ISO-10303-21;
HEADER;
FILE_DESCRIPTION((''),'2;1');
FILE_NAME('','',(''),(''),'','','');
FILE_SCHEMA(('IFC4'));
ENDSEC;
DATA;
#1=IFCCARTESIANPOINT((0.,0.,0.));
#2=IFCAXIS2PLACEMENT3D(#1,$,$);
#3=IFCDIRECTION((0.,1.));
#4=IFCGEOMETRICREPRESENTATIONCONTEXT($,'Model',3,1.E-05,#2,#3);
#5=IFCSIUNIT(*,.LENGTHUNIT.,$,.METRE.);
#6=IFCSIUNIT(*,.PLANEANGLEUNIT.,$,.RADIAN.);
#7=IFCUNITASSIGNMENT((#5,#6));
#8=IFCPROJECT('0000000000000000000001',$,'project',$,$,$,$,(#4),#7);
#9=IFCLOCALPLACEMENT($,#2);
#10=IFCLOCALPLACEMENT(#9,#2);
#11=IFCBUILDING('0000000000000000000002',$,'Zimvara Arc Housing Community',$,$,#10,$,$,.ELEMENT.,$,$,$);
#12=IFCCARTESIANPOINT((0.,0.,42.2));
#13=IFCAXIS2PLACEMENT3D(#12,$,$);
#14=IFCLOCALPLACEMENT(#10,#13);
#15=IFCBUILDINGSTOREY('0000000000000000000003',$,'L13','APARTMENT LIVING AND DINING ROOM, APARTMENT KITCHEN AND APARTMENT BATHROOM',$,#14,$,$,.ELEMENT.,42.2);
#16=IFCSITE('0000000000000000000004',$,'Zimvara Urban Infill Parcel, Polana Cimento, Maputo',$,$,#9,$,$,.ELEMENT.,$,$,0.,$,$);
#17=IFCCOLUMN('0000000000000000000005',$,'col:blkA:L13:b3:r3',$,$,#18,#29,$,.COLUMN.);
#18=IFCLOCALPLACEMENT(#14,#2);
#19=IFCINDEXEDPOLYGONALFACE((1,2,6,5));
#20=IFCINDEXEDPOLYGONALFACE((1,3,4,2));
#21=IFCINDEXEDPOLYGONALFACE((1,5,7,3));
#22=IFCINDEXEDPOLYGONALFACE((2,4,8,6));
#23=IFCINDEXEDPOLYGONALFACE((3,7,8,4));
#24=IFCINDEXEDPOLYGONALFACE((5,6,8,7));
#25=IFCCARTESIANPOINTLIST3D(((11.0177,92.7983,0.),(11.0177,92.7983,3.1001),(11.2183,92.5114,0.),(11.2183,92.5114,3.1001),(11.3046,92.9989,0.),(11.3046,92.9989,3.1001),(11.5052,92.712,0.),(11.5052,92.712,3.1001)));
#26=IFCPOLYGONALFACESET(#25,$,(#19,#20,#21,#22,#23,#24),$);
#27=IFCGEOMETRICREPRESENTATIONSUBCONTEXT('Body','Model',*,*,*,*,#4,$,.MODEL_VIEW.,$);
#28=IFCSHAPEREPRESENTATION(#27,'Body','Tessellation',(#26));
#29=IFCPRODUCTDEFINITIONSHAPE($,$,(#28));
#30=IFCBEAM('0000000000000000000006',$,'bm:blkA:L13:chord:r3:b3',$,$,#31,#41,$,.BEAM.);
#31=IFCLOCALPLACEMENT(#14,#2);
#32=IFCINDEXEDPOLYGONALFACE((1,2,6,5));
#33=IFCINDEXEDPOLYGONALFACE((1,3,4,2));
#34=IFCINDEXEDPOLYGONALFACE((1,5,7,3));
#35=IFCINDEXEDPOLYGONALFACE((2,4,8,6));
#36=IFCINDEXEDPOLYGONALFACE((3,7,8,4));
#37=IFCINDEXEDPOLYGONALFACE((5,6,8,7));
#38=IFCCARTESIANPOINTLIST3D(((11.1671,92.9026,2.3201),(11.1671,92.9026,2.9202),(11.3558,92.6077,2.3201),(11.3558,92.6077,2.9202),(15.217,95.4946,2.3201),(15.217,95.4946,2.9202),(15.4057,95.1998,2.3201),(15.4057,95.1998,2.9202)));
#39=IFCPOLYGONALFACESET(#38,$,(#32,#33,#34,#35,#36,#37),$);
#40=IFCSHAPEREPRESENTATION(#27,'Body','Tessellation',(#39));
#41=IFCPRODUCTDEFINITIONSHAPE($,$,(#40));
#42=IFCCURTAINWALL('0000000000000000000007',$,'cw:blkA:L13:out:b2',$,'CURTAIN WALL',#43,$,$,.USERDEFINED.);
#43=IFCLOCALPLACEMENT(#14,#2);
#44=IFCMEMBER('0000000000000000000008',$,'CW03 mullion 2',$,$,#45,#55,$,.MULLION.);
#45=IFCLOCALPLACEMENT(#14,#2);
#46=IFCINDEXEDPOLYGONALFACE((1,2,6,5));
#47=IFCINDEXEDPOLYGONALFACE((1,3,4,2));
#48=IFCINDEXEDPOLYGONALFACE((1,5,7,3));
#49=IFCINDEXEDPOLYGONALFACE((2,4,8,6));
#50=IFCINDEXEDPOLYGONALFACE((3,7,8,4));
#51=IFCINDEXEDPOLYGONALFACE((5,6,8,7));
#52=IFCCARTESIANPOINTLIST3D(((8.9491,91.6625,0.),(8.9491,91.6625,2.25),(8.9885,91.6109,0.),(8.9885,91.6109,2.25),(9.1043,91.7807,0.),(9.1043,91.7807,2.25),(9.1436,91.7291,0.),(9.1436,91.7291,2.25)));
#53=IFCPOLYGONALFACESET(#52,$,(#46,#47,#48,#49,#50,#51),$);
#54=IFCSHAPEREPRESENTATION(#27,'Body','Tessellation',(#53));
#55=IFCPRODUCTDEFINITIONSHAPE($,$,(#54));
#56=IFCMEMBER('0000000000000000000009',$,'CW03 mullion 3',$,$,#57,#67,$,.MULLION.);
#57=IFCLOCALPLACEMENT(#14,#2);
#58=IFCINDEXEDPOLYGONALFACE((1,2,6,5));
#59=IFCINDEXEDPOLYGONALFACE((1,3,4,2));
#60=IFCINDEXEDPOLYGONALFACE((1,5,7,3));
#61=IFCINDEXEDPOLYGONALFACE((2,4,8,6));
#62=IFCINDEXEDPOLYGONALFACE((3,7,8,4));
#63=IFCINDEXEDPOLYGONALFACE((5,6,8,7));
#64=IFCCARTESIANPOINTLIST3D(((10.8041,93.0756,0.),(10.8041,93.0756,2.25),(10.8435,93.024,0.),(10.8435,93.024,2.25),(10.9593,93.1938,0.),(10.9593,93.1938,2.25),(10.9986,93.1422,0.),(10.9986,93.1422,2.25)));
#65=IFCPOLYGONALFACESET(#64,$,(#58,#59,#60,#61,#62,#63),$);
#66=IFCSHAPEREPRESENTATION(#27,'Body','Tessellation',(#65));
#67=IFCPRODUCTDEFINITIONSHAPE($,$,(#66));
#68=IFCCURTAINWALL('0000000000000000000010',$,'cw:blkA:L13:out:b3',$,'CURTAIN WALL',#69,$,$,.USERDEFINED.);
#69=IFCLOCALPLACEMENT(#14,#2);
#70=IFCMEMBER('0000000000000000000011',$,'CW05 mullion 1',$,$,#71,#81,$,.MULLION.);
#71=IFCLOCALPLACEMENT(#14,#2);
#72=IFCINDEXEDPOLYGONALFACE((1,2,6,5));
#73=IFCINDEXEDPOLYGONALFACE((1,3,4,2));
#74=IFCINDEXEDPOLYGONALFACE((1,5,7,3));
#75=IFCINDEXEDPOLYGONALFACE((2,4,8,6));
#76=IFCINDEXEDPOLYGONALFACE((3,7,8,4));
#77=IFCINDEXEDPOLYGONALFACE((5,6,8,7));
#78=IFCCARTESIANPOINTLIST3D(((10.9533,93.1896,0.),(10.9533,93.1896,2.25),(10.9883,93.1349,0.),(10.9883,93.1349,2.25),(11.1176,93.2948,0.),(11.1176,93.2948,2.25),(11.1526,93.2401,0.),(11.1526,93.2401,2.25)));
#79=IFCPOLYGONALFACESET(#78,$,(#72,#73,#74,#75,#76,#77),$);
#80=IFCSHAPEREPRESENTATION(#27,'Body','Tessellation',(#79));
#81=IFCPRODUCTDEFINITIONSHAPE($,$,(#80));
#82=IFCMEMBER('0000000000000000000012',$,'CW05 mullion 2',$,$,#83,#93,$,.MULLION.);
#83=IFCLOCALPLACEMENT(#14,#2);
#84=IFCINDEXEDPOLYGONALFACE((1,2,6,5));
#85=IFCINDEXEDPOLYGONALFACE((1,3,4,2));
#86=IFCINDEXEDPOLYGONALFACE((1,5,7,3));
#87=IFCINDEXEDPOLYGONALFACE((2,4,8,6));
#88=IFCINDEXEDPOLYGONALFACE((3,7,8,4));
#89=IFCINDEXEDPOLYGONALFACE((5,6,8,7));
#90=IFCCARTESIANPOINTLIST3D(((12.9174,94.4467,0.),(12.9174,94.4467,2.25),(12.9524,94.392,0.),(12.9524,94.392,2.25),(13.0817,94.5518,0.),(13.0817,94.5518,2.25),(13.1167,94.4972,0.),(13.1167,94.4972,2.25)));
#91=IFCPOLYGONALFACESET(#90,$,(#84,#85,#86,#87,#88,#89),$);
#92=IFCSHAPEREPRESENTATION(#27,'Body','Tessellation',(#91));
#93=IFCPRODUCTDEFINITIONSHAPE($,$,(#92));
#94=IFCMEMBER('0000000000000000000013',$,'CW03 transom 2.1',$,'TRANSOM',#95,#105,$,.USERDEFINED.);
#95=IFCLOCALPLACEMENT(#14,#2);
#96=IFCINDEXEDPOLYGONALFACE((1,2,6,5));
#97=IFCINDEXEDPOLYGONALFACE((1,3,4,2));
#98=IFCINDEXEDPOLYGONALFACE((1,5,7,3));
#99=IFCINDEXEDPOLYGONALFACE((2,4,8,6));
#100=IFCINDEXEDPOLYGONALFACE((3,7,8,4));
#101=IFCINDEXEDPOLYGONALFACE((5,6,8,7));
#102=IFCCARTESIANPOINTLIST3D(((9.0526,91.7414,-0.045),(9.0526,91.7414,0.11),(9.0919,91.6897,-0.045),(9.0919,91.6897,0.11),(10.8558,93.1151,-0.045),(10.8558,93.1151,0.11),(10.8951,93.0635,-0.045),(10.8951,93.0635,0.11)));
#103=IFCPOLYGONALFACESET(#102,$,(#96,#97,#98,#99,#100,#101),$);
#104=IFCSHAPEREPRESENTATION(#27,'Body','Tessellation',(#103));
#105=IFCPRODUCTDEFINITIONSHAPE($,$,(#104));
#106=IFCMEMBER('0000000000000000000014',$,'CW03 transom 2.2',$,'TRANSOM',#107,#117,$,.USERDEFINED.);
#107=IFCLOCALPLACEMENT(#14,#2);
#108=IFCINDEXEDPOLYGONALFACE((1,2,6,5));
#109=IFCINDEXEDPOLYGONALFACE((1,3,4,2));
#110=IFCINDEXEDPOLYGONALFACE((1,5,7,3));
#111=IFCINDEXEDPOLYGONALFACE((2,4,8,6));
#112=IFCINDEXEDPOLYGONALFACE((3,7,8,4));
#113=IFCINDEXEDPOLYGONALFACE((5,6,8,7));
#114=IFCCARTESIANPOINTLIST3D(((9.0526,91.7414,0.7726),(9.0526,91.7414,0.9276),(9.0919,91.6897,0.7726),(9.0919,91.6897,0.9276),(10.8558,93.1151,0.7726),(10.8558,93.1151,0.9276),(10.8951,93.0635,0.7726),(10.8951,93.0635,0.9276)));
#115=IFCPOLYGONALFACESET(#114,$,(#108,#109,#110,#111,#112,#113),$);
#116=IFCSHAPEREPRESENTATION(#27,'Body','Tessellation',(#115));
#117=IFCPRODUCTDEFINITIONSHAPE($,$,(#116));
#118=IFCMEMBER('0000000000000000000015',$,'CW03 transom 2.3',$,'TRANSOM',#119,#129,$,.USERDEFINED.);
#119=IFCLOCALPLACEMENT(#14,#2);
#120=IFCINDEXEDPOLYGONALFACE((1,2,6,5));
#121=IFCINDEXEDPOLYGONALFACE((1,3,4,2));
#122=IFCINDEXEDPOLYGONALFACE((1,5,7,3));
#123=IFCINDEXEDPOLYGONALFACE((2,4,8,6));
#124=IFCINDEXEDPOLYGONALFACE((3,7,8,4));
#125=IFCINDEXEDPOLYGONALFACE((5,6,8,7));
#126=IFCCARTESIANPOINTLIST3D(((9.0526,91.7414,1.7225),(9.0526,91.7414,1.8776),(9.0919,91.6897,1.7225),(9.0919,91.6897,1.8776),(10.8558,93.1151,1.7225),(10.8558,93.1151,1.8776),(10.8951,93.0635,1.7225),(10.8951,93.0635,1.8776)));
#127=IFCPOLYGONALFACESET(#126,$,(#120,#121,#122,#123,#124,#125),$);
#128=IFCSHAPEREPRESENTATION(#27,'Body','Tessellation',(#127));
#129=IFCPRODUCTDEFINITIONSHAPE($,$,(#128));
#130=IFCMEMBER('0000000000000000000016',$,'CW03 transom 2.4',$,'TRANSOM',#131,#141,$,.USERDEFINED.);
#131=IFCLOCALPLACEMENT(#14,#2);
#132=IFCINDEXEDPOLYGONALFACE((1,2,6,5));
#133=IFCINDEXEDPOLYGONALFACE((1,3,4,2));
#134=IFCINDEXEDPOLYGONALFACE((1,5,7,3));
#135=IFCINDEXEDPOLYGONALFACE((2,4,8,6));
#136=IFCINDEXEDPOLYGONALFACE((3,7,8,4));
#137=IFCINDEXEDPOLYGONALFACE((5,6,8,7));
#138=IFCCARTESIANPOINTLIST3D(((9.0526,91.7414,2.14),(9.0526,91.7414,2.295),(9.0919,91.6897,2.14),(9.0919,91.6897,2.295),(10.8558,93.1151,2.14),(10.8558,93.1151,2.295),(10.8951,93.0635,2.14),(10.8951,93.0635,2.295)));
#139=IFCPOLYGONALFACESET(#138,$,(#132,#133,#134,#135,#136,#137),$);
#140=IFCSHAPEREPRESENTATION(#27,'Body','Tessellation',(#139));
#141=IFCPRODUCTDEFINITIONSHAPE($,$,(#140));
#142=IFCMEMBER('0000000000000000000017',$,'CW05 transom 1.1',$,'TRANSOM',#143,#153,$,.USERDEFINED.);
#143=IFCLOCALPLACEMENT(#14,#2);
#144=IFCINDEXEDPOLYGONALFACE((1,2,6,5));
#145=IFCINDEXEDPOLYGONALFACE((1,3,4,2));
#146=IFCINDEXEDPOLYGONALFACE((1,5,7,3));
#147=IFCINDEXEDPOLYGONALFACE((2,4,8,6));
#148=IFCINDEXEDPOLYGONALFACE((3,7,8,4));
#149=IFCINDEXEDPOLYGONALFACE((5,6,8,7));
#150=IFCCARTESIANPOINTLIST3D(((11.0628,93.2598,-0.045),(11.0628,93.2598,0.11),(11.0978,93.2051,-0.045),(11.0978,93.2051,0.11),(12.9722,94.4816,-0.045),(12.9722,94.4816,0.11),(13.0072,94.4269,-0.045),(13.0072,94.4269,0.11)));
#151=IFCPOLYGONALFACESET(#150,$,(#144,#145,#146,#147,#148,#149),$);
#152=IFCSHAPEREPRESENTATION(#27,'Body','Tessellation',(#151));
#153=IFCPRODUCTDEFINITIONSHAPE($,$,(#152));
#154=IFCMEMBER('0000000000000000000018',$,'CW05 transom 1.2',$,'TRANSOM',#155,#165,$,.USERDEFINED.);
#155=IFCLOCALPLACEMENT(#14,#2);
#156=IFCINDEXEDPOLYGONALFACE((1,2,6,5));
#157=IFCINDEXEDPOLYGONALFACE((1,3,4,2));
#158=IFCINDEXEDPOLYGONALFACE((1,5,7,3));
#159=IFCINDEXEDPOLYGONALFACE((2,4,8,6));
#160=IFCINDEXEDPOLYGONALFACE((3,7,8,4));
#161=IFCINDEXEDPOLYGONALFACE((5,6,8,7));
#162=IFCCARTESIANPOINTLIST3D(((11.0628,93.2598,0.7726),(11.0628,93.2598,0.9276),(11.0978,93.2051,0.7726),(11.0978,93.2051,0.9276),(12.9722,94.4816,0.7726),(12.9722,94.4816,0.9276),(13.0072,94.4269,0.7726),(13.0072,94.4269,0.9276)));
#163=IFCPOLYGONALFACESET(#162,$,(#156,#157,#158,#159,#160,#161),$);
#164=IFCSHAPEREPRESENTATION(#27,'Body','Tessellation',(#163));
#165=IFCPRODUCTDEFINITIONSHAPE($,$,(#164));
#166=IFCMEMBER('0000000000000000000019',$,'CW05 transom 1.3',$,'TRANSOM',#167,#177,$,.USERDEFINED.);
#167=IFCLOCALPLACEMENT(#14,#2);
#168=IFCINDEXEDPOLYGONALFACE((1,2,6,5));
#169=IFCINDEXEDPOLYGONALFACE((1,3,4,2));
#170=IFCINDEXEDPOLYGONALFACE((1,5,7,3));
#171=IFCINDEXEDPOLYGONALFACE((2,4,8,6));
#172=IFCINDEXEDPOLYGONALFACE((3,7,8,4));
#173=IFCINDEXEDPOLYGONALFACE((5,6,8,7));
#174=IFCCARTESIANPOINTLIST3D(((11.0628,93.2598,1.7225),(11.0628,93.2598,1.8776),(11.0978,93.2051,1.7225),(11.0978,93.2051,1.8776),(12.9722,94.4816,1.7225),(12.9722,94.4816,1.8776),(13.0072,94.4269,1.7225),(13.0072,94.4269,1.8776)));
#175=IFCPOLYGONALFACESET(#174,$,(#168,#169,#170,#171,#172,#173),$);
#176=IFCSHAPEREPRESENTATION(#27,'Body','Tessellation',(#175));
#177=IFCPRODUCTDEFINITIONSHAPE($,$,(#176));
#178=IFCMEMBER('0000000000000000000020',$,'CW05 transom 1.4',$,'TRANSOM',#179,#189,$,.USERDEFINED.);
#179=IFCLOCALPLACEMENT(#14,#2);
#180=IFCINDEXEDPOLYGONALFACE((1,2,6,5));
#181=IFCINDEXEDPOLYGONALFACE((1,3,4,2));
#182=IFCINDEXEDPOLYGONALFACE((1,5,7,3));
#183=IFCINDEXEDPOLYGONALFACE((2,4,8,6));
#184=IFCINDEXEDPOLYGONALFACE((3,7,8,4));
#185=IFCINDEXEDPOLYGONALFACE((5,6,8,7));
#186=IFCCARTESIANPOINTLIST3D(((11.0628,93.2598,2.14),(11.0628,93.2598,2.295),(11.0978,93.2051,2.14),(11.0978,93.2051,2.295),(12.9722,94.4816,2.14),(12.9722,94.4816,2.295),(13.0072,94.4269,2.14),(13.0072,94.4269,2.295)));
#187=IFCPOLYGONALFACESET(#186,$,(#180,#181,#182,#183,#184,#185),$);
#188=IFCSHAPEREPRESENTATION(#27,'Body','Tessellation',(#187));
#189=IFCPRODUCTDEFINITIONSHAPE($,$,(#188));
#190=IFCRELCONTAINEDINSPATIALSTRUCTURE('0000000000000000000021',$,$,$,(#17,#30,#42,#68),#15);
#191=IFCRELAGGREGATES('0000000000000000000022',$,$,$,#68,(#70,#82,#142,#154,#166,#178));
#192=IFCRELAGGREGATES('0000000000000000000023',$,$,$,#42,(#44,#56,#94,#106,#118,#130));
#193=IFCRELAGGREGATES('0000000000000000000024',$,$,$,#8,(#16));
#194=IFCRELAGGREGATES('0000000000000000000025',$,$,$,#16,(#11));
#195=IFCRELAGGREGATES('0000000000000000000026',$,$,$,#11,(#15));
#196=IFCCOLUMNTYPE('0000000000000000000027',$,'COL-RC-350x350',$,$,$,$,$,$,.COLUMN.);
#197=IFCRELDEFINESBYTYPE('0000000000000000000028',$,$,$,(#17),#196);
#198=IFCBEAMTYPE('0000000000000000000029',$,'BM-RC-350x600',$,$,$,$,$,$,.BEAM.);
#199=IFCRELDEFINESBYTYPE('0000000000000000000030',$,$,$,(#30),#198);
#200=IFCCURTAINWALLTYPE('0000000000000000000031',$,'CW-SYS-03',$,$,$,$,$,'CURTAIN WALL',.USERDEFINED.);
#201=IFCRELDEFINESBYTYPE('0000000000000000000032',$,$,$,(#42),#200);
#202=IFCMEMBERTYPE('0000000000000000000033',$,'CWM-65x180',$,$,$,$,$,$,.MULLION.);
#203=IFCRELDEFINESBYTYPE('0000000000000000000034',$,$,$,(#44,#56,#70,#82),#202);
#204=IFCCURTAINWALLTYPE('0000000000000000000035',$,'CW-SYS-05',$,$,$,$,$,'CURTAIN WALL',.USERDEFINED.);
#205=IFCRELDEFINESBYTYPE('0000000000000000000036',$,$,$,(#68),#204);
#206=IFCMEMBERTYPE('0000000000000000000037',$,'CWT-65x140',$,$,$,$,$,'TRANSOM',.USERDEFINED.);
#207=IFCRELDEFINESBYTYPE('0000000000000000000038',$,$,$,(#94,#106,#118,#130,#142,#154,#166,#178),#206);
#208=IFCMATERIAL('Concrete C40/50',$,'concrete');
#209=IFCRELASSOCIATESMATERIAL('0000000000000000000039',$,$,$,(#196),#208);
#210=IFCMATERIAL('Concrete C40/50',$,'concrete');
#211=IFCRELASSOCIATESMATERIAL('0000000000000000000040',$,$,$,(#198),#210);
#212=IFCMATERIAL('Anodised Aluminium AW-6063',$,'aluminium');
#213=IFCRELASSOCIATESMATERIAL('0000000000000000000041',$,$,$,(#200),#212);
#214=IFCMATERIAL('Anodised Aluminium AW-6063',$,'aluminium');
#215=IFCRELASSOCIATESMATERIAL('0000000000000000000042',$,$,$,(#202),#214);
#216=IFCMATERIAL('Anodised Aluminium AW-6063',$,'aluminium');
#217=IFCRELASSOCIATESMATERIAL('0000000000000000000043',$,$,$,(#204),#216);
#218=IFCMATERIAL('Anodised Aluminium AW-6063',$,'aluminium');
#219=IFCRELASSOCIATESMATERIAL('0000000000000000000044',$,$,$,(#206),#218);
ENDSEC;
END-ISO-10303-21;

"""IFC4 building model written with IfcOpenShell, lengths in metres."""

from ifc_helpers import new_model, si_unit, direction, frame, origin, origin_2d, place, context, subcontext, project, spatial, rectangle, extrude, material, material_profile, profile_set, type_object, element, aggregate, save


model = new_model("IFC4")

# Units and contexts
model_context = context("Model", 3, precision=1e-05, world=origin(), true_north=direction((0.0, 1.0)))
body_context = subcontext(model_context, "Body", "Model", "MODEL_VIEW")
ifc_project = project(units=[si_unit("LENGTHUNIT", "METRE"), si_unit("PLANEANGLEUNIT", "RADIAN")], contexts=[model_context])

# Site, building, storey
site_placement = place(None, origin())
site = spatial("IfcSite", under=ifc_project, at=site_placement, Name="Zimvara Urban Infill Parcel, Polana Cimento, Maputo", CompositionType="ELEMENT", RefElevation=0.0)
building_placement = place(site_placement, origin())
building = spatial("IfcBuilding", under=site, at=building_placement, Name="Zimvara Arc Housing Community", CompositionType="ELEMENT")
storey_placement = place(building_placement, frame((0.0, 0.0, 42.2)))
storey = spatial("IfcBuildingStorey", under=building, at=storey_placement, Name="L13", Description="APARTMENT LIVING AND DINING ROOM, APARTMENT KITCHEN AND APARTMENT BATHROOM", CompositionType="ELEMENT", Elevation=42.2)

# Column
ifc_material_1 = material(Name="Concrete C40/50", Category="concrete")
ifc_material_profile_1 = material_profile(ifc_material_1, rectangle(XDim=0.3501, YDim=0.3501, at=origin_2d()), Name="RC 350x350")
ifc_profile_set_1 = profile_set([ifc_material_profile_1], Name="Concrete C40/50")
column_type = type_object("IfcColumnType", Name="COL-RC-350x350", PredefinedType="COLUMN", material=ifc_profile_set_1)
column_placement = place(storey_placement, frame((11.2615, 92.7551, 0.0), z_axis=(0.0, 0.0, 1.0), x_axis=(-0.573004, 0.819552, 0.0)))
element("IfcColumn", 1, at=column_placement, inside=storey, type_object=column_type, Name="col:blkA:L13:b3:r3", PredefinedType="COLUMN", context=body_context, shape_type="SweptSolid", body=[
    extrude(rectangle(XDim=0.3501, YDim=0.3501, at=origin_2d()), origin(), (0.0, 0.0, 1.0), 3.1001),
])

# Beam
ifc_material_2 = material(Name="Concrete C40/50", Category="concrete")
ifc_material_profile_2 = material_profile(ifc_material_2, rectangle(XDim=0.3501, YDim=0.6001, at=origin_2d()), Name="RC 350x600")
ifc_profile_set_2 = profile_set([ifc_material_profile_2], Name="Concrete C40/50")
beam_type = type_object("IfcBeamType", Name="BM-RC-350x600", PredefinedType="BEAM", material=ifc_profile_set_2)
beam_placement = place(storey_placement, frame((11.2615, 92.7551, 2.6201), z_axis=(0.842256, 0.539078, 0.0), x_axis=(-0.539078, 0.842256, 0.0)))
element("IfcBeam", 2, at=beam_placement, inside=storey, type_object=beam_type, Name="bm:blkA:L13:chord:r3:b3", PredefinedType="BEAM", context=body_context, shape_type="SweptSolid", body=[
    extrude(rectangle(XDim=0.3501, YDim=0.6001, at=origin_2d()), origin(), (0.0, 0.0, 1.0), 4.8083),
])

# Curtain walls, members
ifc_material_3 = material(Name="Anodised Aluminium AW-6063", Category="aluminium")
curtain_wall_type_1 = type_object("IfcCurtainWallType", Name="CW-SYS-03", ElementType="CURTAIN WALL", PredefinedType="USERDEFINED", material=ifc_material_3)
curtain_wall_1_placement = place(storey_placement, origin())
curtain_wall_1 = element("IfcCurtainWall", 3, at=curtain_wall_1_placement, inside=storey, type_object=curtain_wall_type_1, Name="cw:blkA:L13:out:b2", ObjectType="CURTAIN WALL", PredefinedType="USERDEFINED")
ifc_material_4 = material(Name="Anodised Aluminium AW-6063", Category="aluminium")
ifc_material_profile_3 = material_profile(ifc_material_4, rectangle(XDim=0.0649, YDim=0.1951, at=origin_2d()), Name="ALU 65x195")
ifc_profile_set_3 = profile_set([ifc_material_profile_3], Name="Anodised Aluminium AW-6063")
member_type_1 = type_object("IfcMemberType", Name="CWM-65x180", PredefinedType="MULLION", material=ifc_profile_set_3)
member_1_placement = place(storey_placement, frame((9.0464, 91.6958, 0.0), z_axis=(0.0, 0.0, 1.0), x_axis=(-0.605988, 0.795474, 0.0)))
member_1 = element("IfcMember", 4, at=member_1_placement, type_object=member_type_1, Name="CW03 mullion 2", PredefinedType="MULLION", context=body_context, shape_type="SweptSolid", body=[
    extrude(rectangle(XDim=0.0649, YDim=0.1951, at=origin_2d()), origin(), (0.0, 0.0, 1.0), 2.25),
])
member_2_placement = place(storey_placement, frame((10.9014, 93.1089, 0.0), z_axis=(0.0, 0.0, 1.0), x_axis=(-0.605988, 0.795474, 0.0)))
member_2 = element("IfcMember", 5, at=member_2_placement, type_object=member_type_1, Name="CW03 mullion 3", PredefinedType="MULLION", context=body_context, shape_type="SweptSolid", body=[
    extrude(rectangle(XDim=0.0649, YDim=0.1951, at=origin_2d()), origin(), (0.0, 0.0, 1.0), 2.25),
])
ifc_material_5 = material(Name="Anodised Aluminium AW-6063", Category="aluminium")
curtain_wall_type_2 = type_object("IfcCurtainWallType", Name="CW-SYS-05", ElementType="CURTAIN WALL", PredefinedType="USERDEFINED", material=ifc_material_5)
curtain_wall_2_placement = place(storey_placement, origin())
curtain_wall_2 = element("IfcCurtainWall", 6, at=curtain_wall_2_placement, inside=storey, type_object=curtain_wall_type_2, Name="cw:blkA:L13:out:b3", ObjectType="CURTAIN WALL", PredefinedType="USERDEFINED")
member_3_placement = place(storey_placement, frame((11.053, 93.2148, 0.0), z_axis=(0.0, 0.0, 1.0), x_axis=(-0.539065, 0.842264, 0.0)))
member_3 = element("IfcMember", 7, at=member_3_placement, type_object=member_type_1, Name="CW05 mullion 1", PredefinedType="MULLION", context=body_context, shape_type="SweptSolid", body=[
    extrude(rectangle(XDim=0.0649, YDim=0.1951, at=origin_2d()), origin(), (0.0, 0.0, 1.0), 2.25),
])
member_4_placement = place(storey_placement, frame((13.0171, 94.4719, 0.0), z_axis=(0.0, 0.0, 1.0), x_axis=(-0.539065, 0.842264, 0.0)))
member_4 = element("IfcMember", 8, at=member_4_placement, type_object=member_type_1, Name="CW05 mullion 2", PredefinedType="MULLION", context=body_context, shape_type="SweptSolid", body=[
    extrude(rectangle(XDim=0.0649, YDim=0.1951, at=origin_2d()), origin(), (0.0, 0.0, 1.0), 2.25),
])

# Members
ifc_material_6 = material(Name="Anodised Aluminium AW-6063", Category="aluminium")
ifc_material_profile_4 = material_profile(ifc_material_6, rectangle(XDim=0.0649, YDim=0.155, at=origin_2d()), Name="ALU 65x155")
ifc_profile_set_4 = profile_set([ifc_material_profile_4], Name="Anodised Aluminium AW-6063")
member_type_2 = type_object("IfcMemberType", Name="CWT-65x140", ElementType="TRANSOM", PredefinedType="USERDEFINED", material=ifc_profile_set_4)
member_5_placement = place(storey_placement, frame((9.0723, 91.7156, 0.0325), z_axis=(0.795454, 0.606014, 0.0), x_axis=(-0.606014, 0.795454, 0.0)))
member_5 = element("IfcMember", 9, at=member_5_placement, type_object=member_type_2, Name="CW03 transom 2.1", ObjectType="TRANSOM", PredefinedType="USERDEFINED", context=body_context, shape_type="SweptSolid", body=[
    extrude(rectangle(XDim=0.0649, YDim=0.155, at=origin_2d()), origin(), (0.0, 0.0, 1.0), 2.2668),
])
member_6_placement = place(storey_placement, frame((9.0723, 91.7156, 0.8501), z_axis=(0.795454, 0.606014, 0.0), x_axis=(-0.606014, 0.795454, 0.0)))
member_6 = element("IfcMember", 10, at=member_6_placement, type_object=member_type_2, Name="CW03 transom 2.2", ObjectType="TRANSOM", PredefinedType="USERDEFINED", context=body_context, shape_type="SweptSolid", body=[
    extrude(rectangle(XDim=0.0649, YDim=0.155, at=origin_2d()), origin(), (0.0, 0.0, 1.0), 2.2668),
])
member_7_placement = place(storey_placement, frame((9.0723, 91.7156, 1.8), z_axis=(0.795454, 0.606014, 0.0), x_axis=(-0.606014, 0.795454, 0.0)))
member_7 = element("IfcMember", 11, at=member_7_placement, type_object=member_type_2, Name="CW03 transom 2.3", ObjectType="TRANSOM", PredefinedType="USERDEFINED", context=body_context, shape_type="SweptSolid", body=[
    extrude(rectangle(XDim=0.0649, YDim=0.155, at=origin_2d()), origin(), (0.0, 0.0, 1.0), 2.2668),
])
member_8_placement = place(storey_placement, frame((9.0723, 91.7156, 2.2175), z_axis=(0.795454, 0.606014, 0.0), x_axis=(-0.606014, 0.795454, 0.0)))
member_8 = element("IfcMember", 12, at=member_8_placement, type_object=member_type_2, Name="CW03 transom 2.4", ObjectType="TRANSOM", PredefinedType="USERDEFINED", context=body_context, shape_type="SweptSolid", body=[
    extrude(rectangle(XDim=0.0649, YDim=0.155, at=origin_2d()), origin(), (0.0, 0.0, 1.0), 2.2668),
])
member_9_placement = place(storey_placement, frame((11.0803, 93.2324, 0.0325), z_axis=(0.842293, 0.53902, 0.0), x_axis=(-0.53902, 0.842293, 0.0)))
member_9 = element("IfcMember", 13, at=member_9_placement, type_object=member_type_2, Name="CW05 transom 1.1", ObjectType="TRANSOM", PredefinedType="USERDEFINED", context=body_context, shape_type="SweptSolid", body=[
    extrude(rectangle(XDim=0.0649, YDim=0.155, at=origin_2d()), origin(), (0.0, 0.0, 1.0), 2.2668),
])
member_10_placement = place(storey_placement, frame((11.0803, 93.2324, 0.8501), z_axis=(0.842293, 0.53902, 0.0), x_axis=(-0.53902, 0.842293, 0.0)))
member_10 = element("IfcMember", 14, at=member_10_placement, type_object=member_type_2, Name="CW05 transom 1.2", ObjectType="TRANSOM", PredefinedType="USERDEFINED", context=body_context, shape_type="SweptSolid", body=[
    extrude(rectangle(XDim=0.0649, YDim=0.155, at=origin_2d()), origin(), (0.0, 0.0, 1.0), 2.2668),
])
member_11_placement = place(storey_placement, frame((11.0803, 93.2324, 1.8), z_axis=(0.842293, 0.53902, 0.0), x_axis=(-0.53902, 0.842293, 0.0)))
member_11 = element("IfcMember", 15, at=member_11_placement, type_object=member_type_2, Name="CW05 transom 1.3", ObjectType="TRANSOM", PredefinedType="USERDEFINED", context=body_context, shape_type="SweptSolid", body=[
    extrude(rectangle(XDim=0.0649, YDim=0.155, at=origin_2d()), origin(), (0.0, 0.0, 1.0), 2.2668),
])
member_12_placement = place(storey_placement, frame((11.0803, 93.2324, 2.2175), z_axis=(0.842293, 0.53902, 0.0), x_axis=(-0.53902, 0.842293, 0.0)))
member_12 = element("IfcMember", 16, at=member_12_placement, type_object=member_type_2, Name="CW05 transom 1.4", ObjectType="TRANSOM", PredefinedType="USERDEFINED", context=body_context, shape_type="SweptSolid", body=[
    extrude(rectangle(XDim=0.0649, YDim=0.155, at=origin_2d()), origin(), (0.0, 0.0, 1.0), 2.2668),
])

aggregate(curtain_wall_2, [member_3, member_4, member_9, member_10, member_11, member_12])
aggregate(curtain_wall_1, [member_1, member_2, member_5, member_6, member_7, member_8])

save(model, "model.ifc")
